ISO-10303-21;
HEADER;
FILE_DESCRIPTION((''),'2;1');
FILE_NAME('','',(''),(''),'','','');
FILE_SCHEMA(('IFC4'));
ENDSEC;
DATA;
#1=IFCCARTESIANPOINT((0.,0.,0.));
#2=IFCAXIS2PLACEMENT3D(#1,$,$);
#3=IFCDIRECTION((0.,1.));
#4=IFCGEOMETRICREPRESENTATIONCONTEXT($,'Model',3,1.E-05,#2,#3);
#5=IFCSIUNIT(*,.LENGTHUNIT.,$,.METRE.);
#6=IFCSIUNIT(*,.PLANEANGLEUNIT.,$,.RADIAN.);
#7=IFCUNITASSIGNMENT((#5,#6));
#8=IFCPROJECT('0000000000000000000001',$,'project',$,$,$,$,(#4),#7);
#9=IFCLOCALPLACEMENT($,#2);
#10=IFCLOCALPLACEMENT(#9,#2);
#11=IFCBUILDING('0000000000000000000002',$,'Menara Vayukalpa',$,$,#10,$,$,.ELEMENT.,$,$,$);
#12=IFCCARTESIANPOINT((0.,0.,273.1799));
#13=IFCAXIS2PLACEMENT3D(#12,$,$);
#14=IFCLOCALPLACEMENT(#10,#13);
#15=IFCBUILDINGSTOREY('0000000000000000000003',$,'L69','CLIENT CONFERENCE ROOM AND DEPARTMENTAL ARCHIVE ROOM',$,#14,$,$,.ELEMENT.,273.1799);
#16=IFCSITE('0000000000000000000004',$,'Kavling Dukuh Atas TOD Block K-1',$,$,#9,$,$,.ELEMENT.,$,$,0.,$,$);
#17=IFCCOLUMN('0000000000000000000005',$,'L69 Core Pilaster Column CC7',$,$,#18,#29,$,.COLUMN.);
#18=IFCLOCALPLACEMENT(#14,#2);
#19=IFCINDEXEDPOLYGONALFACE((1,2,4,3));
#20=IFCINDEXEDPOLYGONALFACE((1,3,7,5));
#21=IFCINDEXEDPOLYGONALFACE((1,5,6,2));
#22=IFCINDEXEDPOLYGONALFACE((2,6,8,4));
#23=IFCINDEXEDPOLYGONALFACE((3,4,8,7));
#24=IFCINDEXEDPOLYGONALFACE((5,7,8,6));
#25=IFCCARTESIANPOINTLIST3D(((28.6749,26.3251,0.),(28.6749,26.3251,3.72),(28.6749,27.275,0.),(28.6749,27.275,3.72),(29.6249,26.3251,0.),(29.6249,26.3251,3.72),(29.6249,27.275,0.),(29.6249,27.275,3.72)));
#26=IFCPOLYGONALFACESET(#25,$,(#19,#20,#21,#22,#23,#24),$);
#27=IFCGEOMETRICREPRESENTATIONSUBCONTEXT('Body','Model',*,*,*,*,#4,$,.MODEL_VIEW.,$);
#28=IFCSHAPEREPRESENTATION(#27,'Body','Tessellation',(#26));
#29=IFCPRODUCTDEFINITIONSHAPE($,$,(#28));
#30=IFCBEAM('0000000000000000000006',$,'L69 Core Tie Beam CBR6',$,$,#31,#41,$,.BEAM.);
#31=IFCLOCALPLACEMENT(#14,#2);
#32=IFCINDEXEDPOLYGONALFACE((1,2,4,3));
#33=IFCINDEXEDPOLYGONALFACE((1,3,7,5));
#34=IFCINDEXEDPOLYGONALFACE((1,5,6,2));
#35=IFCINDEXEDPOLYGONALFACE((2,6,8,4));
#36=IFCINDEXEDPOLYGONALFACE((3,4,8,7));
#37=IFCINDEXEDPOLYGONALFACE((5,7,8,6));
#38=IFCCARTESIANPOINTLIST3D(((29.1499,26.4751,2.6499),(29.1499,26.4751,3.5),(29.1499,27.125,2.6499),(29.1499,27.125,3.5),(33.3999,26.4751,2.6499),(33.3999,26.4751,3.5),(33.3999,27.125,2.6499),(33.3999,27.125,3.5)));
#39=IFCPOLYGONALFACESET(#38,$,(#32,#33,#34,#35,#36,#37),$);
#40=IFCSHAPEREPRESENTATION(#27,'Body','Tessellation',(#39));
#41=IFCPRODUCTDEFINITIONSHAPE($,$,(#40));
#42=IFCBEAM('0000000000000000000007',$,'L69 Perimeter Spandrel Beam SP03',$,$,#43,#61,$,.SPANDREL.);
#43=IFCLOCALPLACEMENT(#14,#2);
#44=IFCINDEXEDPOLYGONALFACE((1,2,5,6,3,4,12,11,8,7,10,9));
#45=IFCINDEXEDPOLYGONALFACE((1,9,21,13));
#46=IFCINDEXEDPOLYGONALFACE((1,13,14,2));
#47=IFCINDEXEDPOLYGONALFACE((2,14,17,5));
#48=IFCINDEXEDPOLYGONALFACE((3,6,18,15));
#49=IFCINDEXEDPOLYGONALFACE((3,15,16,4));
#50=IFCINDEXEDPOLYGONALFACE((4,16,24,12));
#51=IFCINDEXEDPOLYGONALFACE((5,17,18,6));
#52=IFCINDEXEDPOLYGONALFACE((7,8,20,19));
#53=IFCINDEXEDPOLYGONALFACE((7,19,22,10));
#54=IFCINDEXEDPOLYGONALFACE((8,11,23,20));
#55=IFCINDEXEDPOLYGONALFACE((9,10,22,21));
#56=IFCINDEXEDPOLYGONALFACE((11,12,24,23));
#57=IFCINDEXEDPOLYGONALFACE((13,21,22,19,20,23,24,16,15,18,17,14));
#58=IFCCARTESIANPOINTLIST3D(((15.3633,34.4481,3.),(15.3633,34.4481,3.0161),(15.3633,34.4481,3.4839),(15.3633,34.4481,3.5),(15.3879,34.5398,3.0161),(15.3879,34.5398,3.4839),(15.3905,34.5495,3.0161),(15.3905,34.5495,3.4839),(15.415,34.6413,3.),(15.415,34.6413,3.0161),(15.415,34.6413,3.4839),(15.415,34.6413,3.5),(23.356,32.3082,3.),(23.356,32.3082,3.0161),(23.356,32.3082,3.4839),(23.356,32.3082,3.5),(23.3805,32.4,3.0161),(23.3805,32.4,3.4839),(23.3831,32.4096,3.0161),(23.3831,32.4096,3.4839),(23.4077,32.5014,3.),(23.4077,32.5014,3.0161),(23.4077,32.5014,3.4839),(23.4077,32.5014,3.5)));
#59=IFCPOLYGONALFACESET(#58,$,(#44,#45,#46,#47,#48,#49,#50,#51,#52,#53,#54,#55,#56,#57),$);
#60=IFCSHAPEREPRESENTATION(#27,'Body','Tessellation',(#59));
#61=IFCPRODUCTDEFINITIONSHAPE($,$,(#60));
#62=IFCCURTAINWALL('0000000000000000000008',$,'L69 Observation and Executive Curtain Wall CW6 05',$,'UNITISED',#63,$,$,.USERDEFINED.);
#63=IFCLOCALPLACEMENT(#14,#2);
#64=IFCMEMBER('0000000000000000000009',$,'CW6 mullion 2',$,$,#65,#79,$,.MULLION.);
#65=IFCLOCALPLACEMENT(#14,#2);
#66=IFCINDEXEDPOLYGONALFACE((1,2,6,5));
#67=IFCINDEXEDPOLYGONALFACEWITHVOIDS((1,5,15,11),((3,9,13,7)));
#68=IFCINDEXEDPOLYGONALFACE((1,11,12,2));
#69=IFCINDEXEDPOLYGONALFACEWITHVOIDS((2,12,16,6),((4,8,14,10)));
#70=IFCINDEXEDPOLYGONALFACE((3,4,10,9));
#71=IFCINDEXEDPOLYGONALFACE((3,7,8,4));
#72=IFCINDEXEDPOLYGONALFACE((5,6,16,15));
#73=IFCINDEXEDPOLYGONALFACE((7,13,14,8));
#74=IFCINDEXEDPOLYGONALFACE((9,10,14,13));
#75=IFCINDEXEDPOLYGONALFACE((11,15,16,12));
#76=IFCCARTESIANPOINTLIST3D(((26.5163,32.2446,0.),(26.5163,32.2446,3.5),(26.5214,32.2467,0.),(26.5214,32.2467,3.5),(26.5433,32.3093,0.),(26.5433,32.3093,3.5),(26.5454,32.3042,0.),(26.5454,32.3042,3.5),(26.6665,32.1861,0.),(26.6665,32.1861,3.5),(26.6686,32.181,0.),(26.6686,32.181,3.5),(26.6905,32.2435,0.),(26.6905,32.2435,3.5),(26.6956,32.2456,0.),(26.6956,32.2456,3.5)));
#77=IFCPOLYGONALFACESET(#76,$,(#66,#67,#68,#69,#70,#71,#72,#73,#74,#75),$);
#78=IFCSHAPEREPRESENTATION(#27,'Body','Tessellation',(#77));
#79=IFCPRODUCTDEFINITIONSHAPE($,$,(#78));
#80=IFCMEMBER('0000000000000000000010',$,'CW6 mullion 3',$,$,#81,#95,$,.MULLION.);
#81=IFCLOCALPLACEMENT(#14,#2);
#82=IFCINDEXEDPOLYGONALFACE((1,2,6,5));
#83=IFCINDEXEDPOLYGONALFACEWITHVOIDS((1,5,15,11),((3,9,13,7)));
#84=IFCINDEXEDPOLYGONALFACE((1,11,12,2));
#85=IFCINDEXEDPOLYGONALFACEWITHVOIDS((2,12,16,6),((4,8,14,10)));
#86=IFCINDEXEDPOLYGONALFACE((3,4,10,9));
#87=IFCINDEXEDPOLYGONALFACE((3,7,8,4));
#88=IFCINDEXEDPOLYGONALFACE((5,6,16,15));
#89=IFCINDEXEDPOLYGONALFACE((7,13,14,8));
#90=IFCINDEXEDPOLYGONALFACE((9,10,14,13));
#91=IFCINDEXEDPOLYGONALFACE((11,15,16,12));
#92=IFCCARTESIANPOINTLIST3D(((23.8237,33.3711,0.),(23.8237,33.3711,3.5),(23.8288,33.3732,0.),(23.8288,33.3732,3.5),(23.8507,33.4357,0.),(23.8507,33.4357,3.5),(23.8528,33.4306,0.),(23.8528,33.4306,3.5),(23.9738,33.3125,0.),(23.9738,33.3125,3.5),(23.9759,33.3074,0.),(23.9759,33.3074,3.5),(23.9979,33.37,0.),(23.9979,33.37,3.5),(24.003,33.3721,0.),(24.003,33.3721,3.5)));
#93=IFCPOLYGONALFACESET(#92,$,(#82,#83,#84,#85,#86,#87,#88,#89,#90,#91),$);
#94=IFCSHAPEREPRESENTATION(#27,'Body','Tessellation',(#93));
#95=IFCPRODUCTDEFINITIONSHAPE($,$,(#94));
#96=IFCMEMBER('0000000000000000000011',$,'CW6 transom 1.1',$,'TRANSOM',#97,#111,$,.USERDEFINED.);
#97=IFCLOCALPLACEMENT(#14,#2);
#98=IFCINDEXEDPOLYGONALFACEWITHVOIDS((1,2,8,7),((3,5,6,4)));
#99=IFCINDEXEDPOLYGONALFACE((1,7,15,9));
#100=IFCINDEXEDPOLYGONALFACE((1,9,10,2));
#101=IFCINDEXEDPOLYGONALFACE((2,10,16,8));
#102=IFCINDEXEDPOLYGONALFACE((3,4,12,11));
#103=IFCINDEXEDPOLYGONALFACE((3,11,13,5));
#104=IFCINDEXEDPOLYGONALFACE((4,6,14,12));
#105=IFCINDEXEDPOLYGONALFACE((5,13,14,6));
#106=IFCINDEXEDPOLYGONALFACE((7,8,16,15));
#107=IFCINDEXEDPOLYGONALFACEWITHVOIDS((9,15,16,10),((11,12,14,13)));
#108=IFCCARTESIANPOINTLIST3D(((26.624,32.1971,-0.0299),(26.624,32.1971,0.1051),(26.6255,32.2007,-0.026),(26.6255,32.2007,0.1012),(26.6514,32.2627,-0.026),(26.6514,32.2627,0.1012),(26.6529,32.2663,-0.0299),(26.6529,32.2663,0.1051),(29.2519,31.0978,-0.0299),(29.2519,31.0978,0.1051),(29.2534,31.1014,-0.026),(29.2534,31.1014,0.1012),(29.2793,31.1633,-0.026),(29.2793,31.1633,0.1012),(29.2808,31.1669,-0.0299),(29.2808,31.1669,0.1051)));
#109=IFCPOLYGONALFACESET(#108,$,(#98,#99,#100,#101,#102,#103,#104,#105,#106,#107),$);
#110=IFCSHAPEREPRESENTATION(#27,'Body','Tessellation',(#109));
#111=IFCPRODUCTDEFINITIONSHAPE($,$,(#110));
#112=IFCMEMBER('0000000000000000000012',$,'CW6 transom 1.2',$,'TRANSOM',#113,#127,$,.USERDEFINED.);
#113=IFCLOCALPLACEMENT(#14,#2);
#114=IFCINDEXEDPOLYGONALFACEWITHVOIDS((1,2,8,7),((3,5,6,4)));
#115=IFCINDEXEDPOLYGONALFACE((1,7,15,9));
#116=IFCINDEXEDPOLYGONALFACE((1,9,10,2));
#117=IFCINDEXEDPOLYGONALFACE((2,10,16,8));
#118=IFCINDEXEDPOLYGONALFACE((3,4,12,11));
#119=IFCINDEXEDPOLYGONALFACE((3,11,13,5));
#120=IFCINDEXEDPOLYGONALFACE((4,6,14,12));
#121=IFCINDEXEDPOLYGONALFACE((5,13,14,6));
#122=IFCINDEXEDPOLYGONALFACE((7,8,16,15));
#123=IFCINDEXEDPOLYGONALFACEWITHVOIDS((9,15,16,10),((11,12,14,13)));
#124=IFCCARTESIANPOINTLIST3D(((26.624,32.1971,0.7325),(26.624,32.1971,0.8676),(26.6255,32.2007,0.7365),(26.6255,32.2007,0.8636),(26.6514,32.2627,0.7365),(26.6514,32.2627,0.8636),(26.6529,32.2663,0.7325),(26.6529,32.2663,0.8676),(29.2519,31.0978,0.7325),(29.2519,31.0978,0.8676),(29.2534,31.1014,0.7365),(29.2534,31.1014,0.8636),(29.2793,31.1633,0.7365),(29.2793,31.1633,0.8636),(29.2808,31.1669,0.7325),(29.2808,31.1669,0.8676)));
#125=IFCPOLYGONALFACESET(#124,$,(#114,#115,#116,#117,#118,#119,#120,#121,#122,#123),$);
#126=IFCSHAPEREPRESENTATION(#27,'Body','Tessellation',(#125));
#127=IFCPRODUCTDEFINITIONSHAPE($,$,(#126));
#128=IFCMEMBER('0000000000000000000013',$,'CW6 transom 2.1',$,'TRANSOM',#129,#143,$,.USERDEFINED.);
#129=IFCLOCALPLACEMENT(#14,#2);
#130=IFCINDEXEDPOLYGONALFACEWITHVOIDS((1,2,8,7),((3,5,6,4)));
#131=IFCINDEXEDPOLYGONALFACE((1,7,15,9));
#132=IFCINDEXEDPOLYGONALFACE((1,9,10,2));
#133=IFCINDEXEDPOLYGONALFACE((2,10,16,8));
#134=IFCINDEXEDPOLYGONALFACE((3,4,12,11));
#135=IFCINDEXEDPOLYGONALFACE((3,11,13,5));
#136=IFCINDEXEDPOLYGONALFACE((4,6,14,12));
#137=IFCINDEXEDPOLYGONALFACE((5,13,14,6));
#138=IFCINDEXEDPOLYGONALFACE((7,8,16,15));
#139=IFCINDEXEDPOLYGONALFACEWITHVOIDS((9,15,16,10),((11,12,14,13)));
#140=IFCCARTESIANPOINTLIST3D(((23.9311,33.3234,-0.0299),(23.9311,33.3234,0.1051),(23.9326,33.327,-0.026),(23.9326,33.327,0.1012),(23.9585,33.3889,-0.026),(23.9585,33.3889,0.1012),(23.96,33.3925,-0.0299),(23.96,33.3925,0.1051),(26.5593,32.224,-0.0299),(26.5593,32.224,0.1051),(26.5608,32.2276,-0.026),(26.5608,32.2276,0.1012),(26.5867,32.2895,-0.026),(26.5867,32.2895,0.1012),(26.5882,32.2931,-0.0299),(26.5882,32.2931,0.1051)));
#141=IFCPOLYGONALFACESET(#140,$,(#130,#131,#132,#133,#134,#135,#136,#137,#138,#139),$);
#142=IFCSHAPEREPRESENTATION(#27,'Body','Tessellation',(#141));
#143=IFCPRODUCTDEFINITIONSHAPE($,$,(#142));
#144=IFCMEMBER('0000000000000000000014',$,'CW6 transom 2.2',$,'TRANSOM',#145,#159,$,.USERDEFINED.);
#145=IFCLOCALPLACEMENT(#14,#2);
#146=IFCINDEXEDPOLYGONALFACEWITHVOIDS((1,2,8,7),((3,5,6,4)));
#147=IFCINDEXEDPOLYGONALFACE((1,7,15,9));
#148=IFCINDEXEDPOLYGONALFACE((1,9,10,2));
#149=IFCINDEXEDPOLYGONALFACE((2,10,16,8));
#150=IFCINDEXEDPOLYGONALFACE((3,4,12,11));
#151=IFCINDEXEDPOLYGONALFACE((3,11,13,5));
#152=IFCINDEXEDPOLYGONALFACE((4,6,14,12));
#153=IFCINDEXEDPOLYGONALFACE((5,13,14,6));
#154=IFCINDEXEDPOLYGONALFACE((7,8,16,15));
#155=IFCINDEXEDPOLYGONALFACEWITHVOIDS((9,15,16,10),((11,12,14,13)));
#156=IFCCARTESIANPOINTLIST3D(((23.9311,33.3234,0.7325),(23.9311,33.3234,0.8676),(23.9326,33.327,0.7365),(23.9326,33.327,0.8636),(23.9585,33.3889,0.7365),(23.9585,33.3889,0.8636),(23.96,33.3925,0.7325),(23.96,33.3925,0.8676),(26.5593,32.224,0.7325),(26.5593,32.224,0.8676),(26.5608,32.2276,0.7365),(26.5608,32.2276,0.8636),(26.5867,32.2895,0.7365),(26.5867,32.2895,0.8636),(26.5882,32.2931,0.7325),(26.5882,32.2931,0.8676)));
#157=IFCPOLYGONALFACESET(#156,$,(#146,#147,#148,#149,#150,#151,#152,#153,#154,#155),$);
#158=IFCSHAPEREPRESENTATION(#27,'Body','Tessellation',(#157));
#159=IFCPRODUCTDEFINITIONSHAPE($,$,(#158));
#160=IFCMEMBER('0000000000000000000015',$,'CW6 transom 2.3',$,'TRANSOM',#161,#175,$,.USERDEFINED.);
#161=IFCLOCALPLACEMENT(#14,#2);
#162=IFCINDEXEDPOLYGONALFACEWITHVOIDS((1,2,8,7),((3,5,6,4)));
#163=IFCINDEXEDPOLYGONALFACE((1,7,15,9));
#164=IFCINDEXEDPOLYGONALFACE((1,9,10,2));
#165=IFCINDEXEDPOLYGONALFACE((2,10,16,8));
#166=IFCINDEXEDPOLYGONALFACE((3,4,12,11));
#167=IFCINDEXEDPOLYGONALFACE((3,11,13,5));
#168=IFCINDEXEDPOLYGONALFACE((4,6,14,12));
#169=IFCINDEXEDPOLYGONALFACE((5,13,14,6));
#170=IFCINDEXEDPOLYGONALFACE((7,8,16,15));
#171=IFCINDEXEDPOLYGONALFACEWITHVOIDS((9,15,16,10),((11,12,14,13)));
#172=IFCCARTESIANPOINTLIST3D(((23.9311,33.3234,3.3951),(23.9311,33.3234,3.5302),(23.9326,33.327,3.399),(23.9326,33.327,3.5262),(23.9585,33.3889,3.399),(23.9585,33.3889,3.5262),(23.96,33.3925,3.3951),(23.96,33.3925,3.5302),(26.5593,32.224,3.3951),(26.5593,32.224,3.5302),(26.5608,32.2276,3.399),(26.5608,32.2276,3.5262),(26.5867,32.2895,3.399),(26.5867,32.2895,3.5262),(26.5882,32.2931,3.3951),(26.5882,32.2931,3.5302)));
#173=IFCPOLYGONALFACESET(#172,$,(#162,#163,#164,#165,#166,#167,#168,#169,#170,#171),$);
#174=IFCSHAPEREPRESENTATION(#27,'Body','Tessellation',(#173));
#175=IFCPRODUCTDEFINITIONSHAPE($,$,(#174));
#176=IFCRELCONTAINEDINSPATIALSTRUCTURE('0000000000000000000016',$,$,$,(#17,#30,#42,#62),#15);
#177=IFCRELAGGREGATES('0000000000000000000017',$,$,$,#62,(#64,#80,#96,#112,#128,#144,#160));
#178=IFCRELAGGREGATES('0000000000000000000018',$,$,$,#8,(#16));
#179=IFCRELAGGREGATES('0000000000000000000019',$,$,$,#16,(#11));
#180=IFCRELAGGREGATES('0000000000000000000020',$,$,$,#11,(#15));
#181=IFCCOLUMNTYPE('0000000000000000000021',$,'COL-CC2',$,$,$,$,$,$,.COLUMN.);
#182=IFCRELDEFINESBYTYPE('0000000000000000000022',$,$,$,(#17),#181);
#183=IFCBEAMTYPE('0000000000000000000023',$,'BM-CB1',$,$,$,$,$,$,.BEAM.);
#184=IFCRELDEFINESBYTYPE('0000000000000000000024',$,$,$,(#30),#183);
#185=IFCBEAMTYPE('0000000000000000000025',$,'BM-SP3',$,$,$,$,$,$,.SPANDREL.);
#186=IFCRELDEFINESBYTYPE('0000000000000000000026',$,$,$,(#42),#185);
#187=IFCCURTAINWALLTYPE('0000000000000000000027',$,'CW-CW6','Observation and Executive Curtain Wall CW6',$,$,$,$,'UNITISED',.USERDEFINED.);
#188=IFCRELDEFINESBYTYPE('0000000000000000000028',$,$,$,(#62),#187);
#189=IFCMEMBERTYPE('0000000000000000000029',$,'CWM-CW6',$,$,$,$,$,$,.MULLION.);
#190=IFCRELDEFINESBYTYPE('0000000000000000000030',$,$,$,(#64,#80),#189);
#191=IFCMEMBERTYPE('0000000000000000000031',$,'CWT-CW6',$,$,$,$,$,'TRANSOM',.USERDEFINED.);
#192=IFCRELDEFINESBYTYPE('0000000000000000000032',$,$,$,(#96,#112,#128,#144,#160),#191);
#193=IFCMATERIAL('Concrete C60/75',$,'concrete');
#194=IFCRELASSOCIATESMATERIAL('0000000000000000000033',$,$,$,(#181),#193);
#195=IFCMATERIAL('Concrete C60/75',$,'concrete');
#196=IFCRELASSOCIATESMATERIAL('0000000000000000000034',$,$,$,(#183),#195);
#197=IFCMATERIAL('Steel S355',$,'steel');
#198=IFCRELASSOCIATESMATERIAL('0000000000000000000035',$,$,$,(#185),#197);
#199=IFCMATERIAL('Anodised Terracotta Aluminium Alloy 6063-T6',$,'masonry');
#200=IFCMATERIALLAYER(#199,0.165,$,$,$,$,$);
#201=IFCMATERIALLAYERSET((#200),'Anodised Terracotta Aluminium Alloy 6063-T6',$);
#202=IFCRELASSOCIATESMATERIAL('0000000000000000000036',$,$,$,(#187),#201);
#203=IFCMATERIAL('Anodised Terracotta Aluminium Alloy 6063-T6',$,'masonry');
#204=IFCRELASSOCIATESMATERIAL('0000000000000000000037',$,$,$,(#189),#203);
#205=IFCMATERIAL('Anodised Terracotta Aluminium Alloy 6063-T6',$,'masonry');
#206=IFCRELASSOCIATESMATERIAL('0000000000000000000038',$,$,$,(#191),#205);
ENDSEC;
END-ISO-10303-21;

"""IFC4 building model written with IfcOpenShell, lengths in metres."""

from ifc_helpers import new_model, si_unit, direction, frame, origin, origin_2d, place, context, subcontext, project, spatial, rectangle, hollow_rectangle, i_section, extrude, material, layer, layer_set, material_profile, profile_set, type_object, element, aggregate, save


model = new_model("IFC4")

# Units and contexts
model_context = context("Model", 3, precision=1e-05, world=origin(), true_north=direction((0.0, 1.0)))
body_context = subcontext(model_context, "Body", "Model", "MODEL_VIEW")
ifc_project = project(units=[si_unit("LENGTHUNIT", "METRE"), si_unit("PLANEANGLEUNIT", "RADIAN")], contexts=[model_context])

# Site, building, storey
site_placement = place(None, origin())
site = spatial("IfcSite", under=ifc_project, at=site_placement, Name="Kavling Dukuh Atas TOD Block K-1", CompositionType="ELEMENT", RefElevation=0.0)
building_placement = place(site_placement, origin())
building = spatial("IfcBuilding", under=site, at=building_placement, Name="Menara Vayukalpa", CompositionType="ELEMENT")
storey_placement = place(building_placement, frame((0.0, 0.0, 273.1799)))
storey = spatial("IfcBuildingStorey", under=building, at=storey_placement, Name="L69", Description="CLIENT CONFERENCE ROOM AND DEPARTMENTAL ARCHIVE ROOM", CompositionType="ELEMENT", Elevation=273.1799)

# Column
ifc_material_1 = material(Name="Concrete C60/75", Category="concrete")
ifc_material_profile_1 = material_profile(ifc_material_1, rectangle(XDim=0.95, YDim=0.95, at=origin_2d()), Name="RC 950x950")
ifc_profile_set_1 = profile_set([ifc_material_profile_1], Name="Concrete C60/75")
column_type = type_object("IfcColumnType", Name="COL-CC2", PredefinedType="COLUMN", material=ifc_profile_set_1)
column_placement = place(storey_placement, frame((29.1499, 26.8, 0.0), z_axis=(0.0, 0.0, 1.0), x_axis=(1.0, 0.0, 0.0)))
element("IfcColumn", 1, at=column_placement, inside=storey, type_object=column_type, Name="L69 Core Pilaster Column CC7", PredefinedType="COLUMN", context=body_context, shape_type="SweptSolid", body=[
    extrude(rectangle(XDim=0.95, YDim=0.95, at=origin_2d()), origin(), (0.0, 0.0, 1.0), 3.72),
])

# Beams
ifc_material_2 = material(Name="Concrete C60/75", Category="concrete")
ifc_material_profile_2 = material_profile(ifc_material_2, rectangle(XDim=0.6499, YDim=0.8501, at=origin_2d()), Name="RC 650x850")
ifc_profile_set_2 = profile_set([ifc_material_profile_2], Name="Concrete C60/75")
beam_type_1 = type_object("IfcBeamType", Name="BM-CB1", PredefinedType="BEAM", material=ifc_profile_set_2)
beam_1_placement = place(storey_placement, frame((29.1499, 26.8, 3.075), z_axis=(1.0, 0.0, 0.0), x_axis=(0.0, 1.0, 0.0)))
element("IfcBeam", 2, at=beam_1_placement, inside=storey, type_object=beam_type_1, Name="L69 Core Tie Beam CBR6", PredefinedType="BEAM", context=body_context, shape_type="SweptSolid", body=[
    extrude(rectangle(XDim=0.6499, YDim=0.8501, at=origin_2d()), origin(), (0.0, 0.0, 1.0), 4.25),
])
ifc_material_3 = material(Name="Steel S355", Category="steel")
ifc_material_profile_3 = material_profile(ifc_material_3, i_section(OverallWidth=0.2, OverallDepth=0.5, WebThickness=0.01, FlangeThickness=0.0161, at=origin_2d()), Name="WF 500x200x10x16")
ifc_profile_set_3 = profile_set([ifc_material_profile_3], Name="Steel S355")
beam_type_2 = type_object("IfcBeamType", Name="BM-SP3", PredefinedType="SPANDREL", material=ifc_profile_set_3)
beam_2_placement = place(storey_placement, frame((23.3818, 32.4048, 3.25), z_axis=(-0.965978, 0.258623, 0.0), x_axis=(-0.258623, -0.965978, 0.0)))
element("IfcBeam", 3, at=beam_2_placement, inside=storey, type_object=beam_type_2, Name="L69 Perimeter Spandrel Beam SP03", PredefinedType="SPANDREL", context=body_context, shape_type="SweptSolid", body=[
    extrude(i_section(OverallWidth=0.2, OverallDepth=0.5, WebThickness=0.01, FlangeThickness=0.0161, at=origin_2d()), origin(), (0.0, 0.0, 1.0), 8.2742),
])

# Curtain wall, members
ifc_material_4 = material(Name="Anodised Terracotta Aluminium Alloy 6063-T6", Category="masonry")
ifc_layer_1 = layer(ifc_material_4, 0.165)
ifc_layer_set_1 = layer_set([ifc_layer_1], Name="Anodised Terracotta Aluminium Alloy 6063-T6")
curtain_wall_type = type_object("IfcCurtainWallType", Name="CW-CW6", Description="Observation and Executive Curtain Wall CW6", ElementType="UNITISED", PredefinedType="USERDEFINED", material=ifc_layer_set_1)
curtain_wall_placement = place(storey_placement, origin())
curtain_wall = element("IfcCurtainWall", 4, at=curtain_wall_placement, inside=storey, type_object=curtain_wall_type, Name="L69 Observation and Executive Curtain Wall CW6 05", ObjectType="UNITISED", PredefinedType="USERDEFINED")
ifc_material_5 = material(Name="Anodised Terracotta Aluminium Alloy 6063-T6", Category="masonry")
ifc_material_profile_4 = material_profile(ifc_material_5, hollow_rectangle(XDim=0.0701, YDim=0.165, WallThickness=0.0039, at=origin_2d()), Name="ALU 70x165x4")
ifc_profile_set_4 = profile_set([ifc_material_profile_4], Name="Anodised Terracotta Aluminium Alloy 6063-T6")
member_type_1 = type_object("IfcMemberType", Name="CWM-CW6", PredefinedType="MULLION", material=ifc_profile_set_4)
member_1_placement = place(storey_placement, frame((26.606, 32.2451, 0.0), z_axis=(0.0, 0.0, 1.0), x_axis=(-0.3859, -0.922541, 0.0)))
member_1 = element("IfcMember", 5, at=member_1_placement, type_object=member_type_1, Name="CW6 mullion 2", PredefinedType="MULLION", context=body_context, shape_type="SweptSolid", body=[
    extrude(hollow_rectangle(XDim=0.0701, YDim=0.165, WallThickness=0.0039, at=origin_2d()), origin(), (0.0, 0.0, 1.0), 3.5),
])
member_2_placement = place(storey_placement, frame((23.9133, 33.3716, 0.0), z_axis=(0.0, 0.0, 1.0), x_axis=(-0.3859, -0.922541, 0.0)))
member_2 = element("IfcMember", 6, at=member_2_placement, type_object=member_type_1, Name="CW6 mullion 3", PredefinedType="MULLION", context=body_context, shape_type="SweptSolid", body=[
    extrude(hollow_rectangle(XDim=0.0701, YDim=0.165, WallThickness=0.0039, at=origin_2d()), origin(), (0.0, 0.0, 1.0), 3.5),
])
ifc_material_6 = material(Name="Anodised Terracotta Aluminium Alloy 6063-T6", Category="masonry")
ifc_material_profile_5 = material_profile(ifc_material_6, hollow_rectangle(XDim=0.075, YDim=0.135, WallThickness=0.0039, at=origin_2d()), Name="ALU 75x135x4")
ifc_profile_set_5 = profile_set([ifc_material_profile_5], Name="Anodised Terracotta Aluminium Alloy 6063-T6")
member_type_2 = type_object("IfcMemberType", Name="CWT-CW6", ElementType="TRANSOM", PredefinedType="USERDEFINED", material=ifc_profile_set_5)
member_3_placement = place(storey_placement, frame((29.2664, 31.1323, 0.0376), z_axis=(-0.922528, 0.385929, 0.0), x_axis=(-0.385929, -0.922528, 0.0)))
member_3 = element("IfcMember", 7, at=member_3_placement, type_object=member_type_2, Name="CW6 transom 1.1", ObjectType="TRANSOM", PredefinedType="USERDEFINED", context=body_context, shape_type="SweptSolid", body=[
    extrude(hollow_rectangle(XDim=0.075, YDim=0.135, WallThickness=0.0039, at=origin_2d()), origin(), (0.0, 0.0, 1.0), 2.8486),
])
member_4_placement = place(storey_placement, frame((29.2664, 31.1323, 0.8), z_axis=(-0.922528, 0.385929, 0.0), x_axis=(-0.385929, -0.922528, 0.0)))
member_4 = element("IfcMember", 8, at=member_4_placement, type_object=member_type_2, Name="CW6 transom 1.2", ObjectType="TRANSOM", PredefinedType="USERDEFINED", context=body_context, shape_type="SweptSolid", body=[
    extrude(hollow_rectangle(XDim=0.075, YDim=0.135, WallThickness=0.0039, at=origin_2d()), origin(), (0.0, 0.0, 1.0), 2.8486),
])
member_5_placement = place(storey_placement, frame((26.5737, 32.2585, 0.0376), z_axis=(-0.922541, 0.385899, 0.0), x_axis=(-0.385899, -0.922541, 0.0)))
member_5 = element("IfcMember", 9, at=member_5_placement, type_object=member_type_2, Name="CW6 transom 2.1", ObjectType="TRANSOM", PredefinedType="USERDEFINED", context=body_context, shape_type="SweptSolid", body=[
    extrude(hollow_rectangle(XDim=0.075, YDim=0.135, WallThickness=0.0039, at=origin_2d()), origin(), (0.0, 0.0, 1.0), 2.8489),
])
member_6_placement = place(storey_placement, frame((26.5737, 32.2585, 0.8), z_axis=(-0.922541, 0.385899, 0.0), x_axis=(-0.385899, -0.922541, 0.0)))
member_6 = element("IfcMember", 10, at=member_6_placement, type_object=member_type_2, Name="CW6 transom 2.2", ObjectType="TRANSOM", PredefinedType="USERDEFINED", context=body_context, shape_type="SweptSolid", body=[
    extrude(hollow_rectangle(XDim=0.075, YDim=0.135, WallThickness=0.0039, at=origin_2d()), origin(), (0.0, 0.0, 1.0), 2.8489),
])
member_7_placement = place(storey_placement, frame((26.5737, 32.2585, 3.4626), z_axis=(-0.922541, 0.385899, 0.0), x_axis=(-0.385899, -0.922541, 0.0)))
member_7 = element("IfcMember", 11, at=member_7_placement, type_object=member_type_2, Name="CW6 transom 2.3", ObjectType="TRANSOM", PredefinedType="USERDEFINED", context=body_context, shape_type="SweptSolid", body=[
    extrude(hollow_rectangle(XDim=0.075, YDim=0.135, WallThickness=0.0039, at=origin_2d()), origin(), (0.0, 0.0, 1.0), 2.8489),
])
aggregate(curtain_wall, [member_1, member_2, member_3, member_4, member_5, member_6, member_7])

save(model, "model.ifc")
